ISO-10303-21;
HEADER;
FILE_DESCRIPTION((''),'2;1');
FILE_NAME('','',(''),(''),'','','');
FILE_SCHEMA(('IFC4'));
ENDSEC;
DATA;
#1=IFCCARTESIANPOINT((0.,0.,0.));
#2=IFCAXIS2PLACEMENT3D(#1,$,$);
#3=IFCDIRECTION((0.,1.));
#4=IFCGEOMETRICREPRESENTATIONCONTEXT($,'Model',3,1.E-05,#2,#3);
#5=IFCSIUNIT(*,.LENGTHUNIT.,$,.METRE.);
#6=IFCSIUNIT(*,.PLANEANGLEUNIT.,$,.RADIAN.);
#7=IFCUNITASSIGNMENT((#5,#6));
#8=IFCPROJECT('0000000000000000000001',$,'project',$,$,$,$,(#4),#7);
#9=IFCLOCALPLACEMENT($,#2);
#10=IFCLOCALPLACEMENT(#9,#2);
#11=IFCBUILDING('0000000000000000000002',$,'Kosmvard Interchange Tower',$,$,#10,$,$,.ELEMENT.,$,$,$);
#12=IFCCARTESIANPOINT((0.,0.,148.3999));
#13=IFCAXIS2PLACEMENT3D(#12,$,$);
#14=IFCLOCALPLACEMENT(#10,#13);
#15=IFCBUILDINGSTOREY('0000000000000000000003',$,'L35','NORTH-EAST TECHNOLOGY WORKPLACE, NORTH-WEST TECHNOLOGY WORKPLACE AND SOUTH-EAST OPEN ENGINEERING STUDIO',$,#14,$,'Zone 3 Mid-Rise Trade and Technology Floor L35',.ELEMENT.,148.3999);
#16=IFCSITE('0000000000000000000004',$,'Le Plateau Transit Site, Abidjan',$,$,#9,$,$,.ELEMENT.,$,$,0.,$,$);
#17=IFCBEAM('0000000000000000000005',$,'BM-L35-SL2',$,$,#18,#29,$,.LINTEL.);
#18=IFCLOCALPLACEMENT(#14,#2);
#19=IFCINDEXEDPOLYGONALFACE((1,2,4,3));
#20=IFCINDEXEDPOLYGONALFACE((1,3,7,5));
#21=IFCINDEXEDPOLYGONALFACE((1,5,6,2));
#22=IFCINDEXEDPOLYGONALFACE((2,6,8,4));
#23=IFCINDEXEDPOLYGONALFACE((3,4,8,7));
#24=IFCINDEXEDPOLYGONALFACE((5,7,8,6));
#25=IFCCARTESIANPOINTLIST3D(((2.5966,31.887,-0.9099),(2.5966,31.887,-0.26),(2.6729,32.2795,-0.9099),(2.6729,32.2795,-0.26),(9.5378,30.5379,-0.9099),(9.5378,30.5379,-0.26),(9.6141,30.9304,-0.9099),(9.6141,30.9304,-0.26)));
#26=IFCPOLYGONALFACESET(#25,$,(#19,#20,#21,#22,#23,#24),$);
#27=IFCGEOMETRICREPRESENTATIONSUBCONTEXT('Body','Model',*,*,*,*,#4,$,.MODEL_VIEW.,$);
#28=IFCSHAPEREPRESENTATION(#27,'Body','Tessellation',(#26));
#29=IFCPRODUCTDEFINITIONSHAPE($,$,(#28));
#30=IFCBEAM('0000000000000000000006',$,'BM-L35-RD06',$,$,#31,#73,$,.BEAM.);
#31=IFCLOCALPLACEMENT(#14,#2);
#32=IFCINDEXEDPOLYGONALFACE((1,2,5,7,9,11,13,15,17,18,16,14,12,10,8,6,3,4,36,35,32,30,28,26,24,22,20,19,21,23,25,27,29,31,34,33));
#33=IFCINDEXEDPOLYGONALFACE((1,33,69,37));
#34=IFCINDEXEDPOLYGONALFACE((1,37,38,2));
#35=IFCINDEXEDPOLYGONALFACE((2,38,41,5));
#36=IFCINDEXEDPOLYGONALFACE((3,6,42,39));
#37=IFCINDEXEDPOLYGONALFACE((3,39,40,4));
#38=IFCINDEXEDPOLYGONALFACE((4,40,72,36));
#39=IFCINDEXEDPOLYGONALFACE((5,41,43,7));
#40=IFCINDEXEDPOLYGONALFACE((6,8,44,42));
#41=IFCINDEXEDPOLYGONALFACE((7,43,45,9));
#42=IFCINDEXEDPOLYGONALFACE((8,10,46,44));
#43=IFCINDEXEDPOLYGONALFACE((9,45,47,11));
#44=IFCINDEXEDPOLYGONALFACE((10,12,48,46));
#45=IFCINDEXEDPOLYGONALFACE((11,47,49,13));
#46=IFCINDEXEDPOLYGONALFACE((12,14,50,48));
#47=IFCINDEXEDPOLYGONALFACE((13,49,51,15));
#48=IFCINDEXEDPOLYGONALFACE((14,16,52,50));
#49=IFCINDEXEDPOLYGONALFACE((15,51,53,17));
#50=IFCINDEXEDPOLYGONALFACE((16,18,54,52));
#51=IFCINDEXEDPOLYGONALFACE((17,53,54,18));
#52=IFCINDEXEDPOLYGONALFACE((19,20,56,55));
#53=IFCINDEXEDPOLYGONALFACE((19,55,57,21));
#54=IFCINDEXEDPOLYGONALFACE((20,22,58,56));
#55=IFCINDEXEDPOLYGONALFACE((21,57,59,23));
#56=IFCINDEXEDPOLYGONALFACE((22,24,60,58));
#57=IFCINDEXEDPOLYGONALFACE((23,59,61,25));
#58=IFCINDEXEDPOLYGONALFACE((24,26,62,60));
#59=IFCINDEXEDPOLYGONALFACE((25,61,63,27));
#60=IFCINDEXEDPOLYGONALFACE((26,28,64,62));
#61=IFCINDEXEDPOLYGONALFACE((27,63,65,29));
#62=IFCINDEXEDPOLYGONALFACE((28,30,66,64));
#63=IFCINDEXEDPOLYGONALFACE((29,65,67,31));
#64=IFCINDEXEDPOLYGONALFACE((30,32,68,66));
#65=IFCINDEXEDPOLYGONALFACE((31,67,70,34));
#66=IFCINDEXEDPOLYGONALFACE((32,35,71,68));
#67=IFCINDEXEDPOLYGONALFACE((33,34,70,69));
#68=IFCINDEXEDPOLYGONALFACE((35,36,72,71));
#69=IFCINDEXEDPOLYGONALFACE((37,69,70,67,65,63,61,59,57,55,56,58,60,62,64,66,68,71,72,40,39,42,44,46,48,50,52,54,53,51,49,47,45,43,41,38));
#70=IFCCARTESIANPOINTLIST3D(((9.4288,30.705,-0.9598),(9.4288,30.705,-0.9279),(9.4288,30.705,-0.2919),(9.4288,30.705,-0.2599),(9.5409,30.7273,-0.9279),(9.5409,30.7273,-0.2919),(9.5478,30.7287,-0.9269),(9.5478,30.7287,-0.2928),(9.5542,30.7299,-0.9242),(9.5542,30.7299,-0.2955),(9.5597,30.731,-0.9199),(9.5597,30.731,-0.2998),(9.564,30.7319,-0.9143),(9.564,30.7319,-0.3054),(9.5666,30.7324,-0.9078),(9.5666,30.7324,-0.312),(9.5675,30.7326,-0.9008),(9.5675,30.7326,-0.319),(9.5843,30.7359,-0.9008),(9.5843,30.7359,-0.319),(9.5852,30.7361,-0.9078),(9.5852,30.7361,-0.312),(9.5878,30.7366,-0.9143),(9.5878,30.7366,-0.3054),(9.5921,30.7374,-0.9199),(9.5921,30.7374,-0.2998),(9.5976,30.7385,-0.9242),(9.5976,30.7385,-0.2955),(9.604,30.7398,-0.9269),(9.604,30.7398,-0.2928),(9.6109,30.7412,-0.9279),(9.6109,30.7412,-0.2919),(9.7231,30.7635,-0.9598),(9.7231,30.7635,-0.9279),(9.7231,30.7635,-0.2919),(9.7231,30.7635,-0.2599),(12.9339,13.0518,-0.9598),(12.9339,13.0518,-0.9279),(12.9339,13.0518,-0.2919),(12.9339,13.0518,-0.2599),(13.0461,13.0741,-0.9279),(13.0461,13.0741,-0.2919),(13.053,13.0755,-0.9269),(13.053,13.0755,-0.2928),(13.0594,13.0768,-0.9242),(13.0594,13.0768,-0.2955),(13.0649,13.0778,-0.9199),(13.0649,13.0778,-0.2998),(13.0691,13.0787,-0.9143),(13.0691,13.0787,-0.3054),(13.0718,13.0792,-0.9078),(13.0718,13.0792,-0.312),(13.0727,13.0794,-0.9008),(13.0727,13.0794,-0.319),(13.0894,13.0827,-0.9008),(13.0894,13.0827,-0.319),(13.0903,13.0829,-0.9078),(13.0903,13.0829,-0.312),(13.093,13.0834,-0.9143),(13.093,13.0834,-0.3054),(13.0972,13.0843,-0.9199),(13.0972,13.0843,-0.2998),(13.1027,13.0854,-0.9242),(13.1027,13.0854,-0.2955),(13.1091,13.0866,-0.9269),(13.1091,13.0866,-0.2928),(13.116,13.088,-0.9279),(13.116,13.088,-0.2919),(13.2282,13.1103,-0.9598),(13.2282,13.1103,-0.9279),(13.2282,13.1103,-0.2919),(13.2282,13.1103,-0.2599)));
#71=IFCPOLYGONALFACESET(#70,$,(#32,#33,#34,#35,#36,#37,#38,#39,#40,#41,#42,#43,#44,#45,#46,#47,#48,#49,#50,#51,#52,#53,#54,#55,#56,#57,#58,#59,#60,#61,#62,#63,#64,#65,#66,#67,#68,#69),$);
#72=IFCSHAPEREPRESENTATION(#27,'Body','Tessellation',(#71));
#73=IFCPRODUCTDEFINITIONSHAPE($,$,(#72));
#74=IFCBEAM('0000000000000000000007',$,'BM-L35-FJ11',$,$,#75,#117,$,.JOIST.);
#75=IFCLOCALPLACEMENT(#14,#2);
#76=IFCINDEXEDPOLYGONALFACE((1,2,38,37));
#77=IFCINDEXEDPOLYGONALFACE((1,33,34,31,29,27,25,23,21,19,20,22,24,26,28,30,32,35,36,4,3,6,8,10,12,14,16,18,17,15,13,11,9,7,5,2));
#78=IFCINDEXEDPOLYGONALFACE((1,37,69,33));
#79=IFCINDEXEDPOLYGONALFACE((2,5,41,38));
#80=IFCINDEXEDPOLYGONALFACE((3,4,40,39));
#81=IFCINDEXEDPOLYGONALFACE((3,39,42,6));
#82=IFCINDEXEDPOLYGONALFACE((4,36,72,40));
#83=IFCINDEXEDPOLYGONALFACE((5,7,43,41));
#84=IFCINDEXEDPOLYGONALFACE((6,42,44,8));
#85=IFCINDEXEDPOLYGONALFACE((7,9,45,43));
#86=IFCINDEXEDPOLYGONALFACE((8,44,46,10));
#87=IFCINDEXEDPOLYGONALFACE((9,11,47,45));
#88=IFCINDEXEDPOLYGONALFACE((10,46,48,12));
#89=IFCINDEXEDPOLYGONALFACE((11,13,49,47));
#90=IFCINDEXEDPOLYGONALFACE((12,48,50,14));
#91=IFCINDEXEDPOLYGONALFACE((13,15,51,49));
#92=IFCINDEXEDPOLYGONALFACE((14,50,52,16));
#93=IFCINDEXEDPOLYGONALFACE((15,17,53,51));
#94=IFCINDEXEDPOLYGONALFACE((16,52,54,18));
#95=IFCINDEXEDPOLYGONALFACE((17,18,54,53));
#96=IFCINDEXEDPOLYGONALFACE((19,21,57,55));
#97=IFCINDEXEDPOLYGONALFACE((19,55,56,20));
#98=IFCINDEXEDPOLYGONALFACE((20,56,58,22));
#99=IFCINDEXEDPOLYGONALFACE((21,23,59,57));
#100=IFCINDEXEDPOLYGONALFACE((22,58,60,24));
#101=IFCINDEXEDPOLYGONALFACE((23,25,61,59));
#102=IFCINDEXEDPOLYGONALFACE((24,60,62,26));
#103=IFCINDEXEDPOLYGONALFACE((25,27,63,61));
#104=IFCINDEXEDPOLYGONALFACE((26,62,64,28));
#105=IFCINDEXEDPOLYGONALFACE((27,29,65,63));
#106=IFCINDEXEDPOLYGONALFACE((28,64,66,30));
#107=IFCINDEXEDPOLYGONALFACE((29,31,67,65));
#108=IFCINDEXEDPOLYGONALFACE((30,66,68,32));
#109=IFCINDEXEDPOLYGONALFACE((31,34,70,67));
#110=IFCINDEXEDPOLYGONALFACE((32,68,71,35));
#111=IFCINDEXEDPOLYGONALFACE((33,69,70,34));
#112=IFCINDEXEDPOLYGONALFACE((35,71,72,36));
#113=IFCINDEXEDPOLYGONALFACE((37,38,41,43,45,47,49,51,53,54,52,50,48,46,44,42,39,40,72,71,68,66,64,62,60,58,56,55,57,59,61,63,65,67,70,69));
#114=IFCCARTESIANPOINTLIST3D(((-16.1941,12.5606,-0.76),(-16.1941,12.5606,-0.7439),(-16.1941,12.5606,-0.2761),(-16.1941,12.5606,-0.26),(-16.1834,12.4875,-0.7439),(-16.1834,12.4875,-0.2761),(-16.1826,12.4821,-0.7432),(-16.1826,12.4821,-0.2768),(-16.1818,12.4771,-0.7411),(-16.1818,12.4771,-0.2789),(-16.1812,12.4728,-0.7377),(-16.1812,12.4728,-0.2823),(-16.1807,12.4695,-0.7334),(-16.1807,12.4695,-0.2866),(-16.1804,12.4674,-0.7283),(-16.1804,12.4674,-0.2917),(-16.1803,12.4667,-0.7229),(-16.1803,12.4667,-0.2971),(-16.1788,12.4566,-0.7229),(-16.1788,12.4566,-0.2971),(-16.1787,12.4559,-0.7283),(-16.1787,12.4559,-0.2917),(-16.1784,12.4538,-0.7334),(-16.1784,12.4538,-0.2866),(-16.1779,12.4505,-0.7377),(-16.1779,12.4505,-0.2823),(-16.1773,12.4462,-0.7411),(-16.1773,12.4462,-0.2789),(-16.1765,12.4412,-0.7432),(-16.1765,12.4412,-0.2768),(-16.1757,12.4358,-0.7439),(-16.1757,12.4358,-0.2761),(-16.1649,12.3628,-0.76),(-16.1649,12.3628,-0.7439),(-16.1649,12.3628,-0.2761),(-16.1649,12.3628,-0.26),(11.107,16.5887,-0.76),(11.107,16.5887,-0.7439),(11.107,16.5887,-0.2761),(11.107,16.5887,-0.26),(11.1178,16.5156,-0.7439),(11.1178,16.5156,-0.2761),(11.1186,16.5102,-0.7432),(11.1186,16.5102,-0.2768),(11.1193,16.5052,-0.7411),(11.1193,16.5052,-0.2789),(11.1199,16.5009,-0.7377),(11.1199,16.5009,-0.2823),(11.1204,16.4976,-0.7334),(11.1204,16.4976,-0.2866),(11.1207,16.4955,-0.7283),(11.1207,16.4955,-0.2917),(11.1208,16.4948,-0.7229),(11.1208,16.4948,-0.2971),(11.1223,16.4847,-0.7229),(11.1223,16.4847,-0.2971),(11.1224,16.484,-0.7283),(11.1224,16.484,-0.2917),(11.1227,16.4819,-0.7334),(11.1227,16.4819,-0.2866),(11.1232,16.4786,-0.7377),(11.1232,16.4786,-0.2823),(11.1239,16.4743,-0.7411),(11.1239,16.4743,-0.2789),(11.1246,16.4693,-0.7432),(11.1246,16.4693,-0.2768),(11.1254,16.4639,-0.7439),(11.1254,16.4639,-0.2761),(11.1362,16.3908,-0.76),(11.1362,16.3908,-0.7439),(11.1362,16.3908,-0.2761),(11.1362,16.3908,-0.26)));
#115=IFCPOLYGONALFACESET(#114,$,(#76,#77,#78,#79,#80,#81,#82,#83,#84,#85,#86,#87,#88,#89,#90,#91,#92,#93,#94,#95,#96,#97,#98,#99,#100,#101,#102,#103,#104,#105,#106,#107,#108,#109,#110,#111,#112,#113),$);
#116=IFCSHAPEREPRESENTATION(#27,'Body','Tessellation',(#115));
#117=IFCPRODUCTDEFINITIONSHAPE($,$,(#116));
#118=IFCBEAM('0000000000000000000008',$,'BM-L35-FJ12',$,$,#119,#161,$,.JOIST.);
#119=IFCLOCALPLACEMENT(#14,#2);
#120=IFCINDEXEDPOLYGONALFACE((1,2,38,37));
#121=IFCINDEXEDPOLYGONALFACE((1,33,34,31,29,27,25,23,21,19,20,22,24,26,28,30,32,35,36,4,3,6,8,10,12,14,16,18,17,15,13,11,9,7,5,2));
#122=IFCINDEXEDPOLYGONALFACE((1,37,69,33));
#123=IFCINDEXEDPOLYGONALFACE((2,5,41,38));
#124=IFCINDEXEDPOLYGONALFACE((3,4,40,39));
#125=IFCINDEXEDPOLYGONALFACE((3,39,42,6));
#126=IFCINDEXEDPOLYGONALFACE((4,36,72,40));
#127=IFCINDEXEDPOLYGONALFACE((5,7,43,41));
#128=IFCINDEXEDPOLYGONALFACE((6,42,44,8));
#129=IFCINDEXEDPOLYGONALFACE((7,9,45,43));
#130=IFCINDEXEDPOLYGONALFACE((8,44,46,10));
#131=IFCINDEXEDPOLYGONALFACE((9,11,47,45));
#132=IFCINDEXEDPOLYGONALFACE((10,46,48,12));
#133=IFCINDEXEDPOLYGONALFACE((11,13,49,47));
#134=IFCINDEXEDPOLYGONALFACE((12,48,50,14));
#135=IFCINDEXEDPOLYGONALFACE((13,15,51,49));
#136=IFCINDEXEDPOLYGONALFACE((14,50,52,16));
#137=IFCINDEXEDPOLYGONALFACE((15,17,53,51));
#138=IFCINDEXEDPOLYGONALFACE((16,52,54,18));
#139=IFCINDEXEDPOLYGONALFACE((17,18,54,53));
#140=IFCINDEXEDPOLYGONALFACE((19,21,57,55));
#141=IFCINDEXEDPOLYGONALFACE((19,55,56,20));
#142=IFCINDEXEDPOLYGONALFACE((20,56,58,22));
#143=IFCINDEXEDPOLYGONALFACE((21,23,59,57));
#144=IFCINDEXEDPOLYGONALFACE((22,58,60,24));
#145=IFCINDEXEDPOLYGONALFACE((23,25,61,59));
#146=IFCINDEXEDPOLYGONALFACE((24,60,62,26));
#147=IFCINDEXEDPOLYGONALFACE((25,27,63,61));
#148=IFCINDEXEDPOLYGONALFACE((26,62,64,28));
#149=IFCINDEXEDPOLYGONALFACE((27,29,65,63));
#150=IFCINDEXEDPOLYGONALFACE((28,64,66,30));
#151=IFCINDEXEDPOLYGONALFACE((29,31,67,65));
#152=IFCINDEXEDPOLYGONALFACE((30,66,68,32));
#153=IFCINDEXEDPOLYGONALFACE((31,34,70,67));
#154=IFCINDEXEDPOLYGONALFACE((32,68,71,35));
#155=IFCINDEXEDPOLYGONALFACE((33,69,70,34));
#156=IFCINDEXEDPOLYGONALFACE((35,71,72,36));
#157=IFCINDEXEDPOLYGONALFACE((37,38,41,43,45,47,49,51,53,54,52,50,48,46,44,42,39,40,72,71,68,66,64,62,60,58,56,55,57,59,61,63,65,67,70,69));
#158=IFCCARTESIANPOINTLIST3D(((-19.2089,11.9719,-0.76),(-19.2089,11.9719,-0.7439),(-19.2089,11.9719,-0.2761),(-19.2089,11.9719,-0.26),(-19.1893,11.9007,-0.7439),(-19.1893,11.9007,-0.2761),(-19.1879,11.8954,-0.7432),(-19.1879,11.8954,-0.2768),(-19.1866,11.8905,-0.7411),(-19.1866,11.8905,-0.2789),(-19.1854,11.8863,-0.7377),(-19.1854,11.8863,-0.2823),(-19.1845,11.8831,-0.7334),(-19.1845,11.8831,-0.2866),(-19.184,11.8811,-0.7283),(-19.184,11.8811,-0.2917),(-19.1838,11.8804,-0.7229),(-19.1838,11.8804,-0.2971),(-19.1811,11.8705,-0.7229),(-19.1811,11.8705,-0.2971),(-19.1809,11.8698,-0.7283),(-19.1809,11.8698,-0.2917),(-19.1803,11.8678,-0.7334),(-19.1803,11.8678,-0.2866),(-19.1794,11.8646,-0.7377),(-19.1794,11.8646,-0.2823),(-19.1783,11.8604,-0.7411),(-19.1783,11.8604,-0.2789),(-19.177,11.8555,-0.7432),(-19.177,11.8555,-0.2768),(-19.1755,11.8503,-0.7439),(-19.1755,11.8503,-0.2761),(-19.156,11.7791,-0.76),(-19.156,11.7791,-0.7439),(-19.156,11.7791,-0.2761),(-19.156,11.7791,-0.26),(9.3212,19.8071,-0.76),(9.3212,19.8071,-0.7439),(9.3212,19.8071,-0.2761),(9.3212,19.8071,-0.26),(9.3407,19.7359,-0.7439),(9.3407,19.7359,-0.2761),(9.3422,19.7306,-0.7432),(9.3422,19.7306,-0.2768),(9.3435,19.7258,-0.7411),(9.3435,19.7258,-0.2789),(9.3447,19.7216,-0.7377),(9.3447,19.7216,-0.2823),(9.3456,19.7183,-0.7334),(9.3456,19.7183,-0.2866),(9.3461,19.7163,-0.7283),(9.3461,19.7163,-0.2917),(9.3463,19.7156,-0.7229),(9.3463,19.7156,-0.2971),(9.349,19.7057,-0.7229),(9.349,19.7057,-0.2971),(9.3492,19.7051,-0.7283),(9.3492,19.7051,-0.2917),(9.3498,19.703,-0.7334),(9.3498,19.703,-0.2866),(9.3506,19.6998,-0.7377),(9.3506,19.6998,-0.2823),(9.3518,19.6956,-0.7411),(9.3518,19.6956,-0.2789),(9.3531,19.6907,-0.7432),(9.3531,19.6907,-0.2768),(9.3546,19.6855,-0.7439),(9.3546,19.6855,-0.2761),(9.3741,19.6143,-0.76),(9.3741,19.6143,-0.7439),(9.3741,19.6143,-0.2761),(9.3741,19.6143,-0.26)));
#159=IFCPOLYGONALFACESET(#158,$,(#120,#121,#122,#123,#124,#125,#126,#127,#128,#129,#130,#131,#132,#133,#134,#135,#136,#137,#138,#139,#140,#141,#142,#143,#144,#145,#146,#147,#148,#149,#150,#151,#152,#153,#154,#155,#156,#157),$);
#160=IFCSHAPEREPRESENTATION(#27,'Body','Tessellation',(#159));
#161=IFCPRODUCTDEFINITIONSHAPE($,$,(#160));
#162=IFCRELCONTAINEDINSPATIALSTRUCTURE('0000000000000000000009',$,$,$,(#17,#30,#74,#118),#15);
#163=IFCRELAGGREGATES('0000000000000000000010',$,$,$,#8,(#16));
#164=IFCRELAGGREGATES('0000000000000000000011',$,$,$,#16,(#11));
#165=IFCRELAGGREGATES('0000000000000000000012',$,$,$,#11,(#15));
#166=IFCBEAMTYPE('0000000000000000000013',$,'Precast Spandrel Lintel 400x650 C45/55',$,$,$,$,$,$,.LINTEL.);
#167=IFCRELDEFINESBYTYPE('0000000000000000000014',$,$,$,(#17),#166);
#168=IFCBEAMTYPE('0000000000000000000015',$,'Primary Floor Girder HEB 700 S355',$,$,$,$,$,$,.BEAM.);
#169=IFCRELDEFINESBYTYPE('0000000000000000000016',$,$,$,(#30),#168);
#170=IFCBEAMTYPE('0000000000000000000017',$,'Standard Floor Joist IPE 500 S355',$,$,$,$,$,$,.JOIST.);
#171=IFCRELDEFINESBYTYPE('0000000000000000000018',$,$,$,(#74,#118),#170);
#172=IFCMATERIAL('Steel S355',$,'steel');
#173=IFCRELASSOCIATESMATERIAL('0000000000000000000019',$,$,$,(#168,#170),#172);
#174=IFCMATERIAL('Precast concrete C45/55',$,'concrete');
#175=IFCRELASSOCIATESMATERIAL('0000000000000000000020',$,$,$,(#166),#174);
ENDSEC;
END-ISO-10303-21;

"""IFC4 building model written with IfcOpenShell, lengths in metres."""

from ifc_helpers import new_model, si_unit, direction, frame, origin, origin_2d, place, context, subcontext, project, spatial, rectangle, i_section, extrude, source, transform, mapped, material, material_profile, profile_set, type_object, element, save


model = new_model("IFC4")

# Units and contexts
model_context = context("Model", 3, precision=1e-05, world=origin(), true_north=direction((0.0, 1.0)))
body_context = subcontext(model_context, "Body", "Model", "MODEL_VIEW")
ifc_project = project(units=[si_unit("LENGTHUNIT", "METRE"), si_unit("PLANEANGLEUNIT", "RADIAN")], contexts=[model_context])

# Site, building, storey
site_placement = place(None, origin())
site = spatial("IfcSite", under=ifc_project, at=site_placement, Name="Le Plateau Transit Site, Abidjan", CompositionType="ELEMENT", RefElevation=0.0)
building_placement = place(site_placement, origin())
building = spatial("IfcBuilding", under=site, at=building_placement, Name="Kosmvard Interchange Tower", CompositionType="ELEMENT")
storey_placement = place(building_placement, frame((0.0, 0.0, 148.3999)))
storey = spatial("IfcBuildingStorey", under=building, at=storey_placement, Name="L35", Description="NORTH-EAST TECHNOLOGY WORKPLACE, NORTH-WEST TECHNOLOGY WORKPLACE AND SOUTH-EAST OPEN ENGINEERING STUDIO", LongName="Zone 3 Mid-Rise Trade and Technology Floor L35", CompositionType="ELEMENT", Elevation=148.3999)

# Beams
ifc_material_1 = material(Name="Steel S355", Category="steel")
ifc_material_profile_1 = material_profile(ifc_material_1, i_section(OverallWidth=0.3, OverallDepth=0.7, WebThickness=0.0171, FlangeThickness=0.032, FilletRadius=0.0271, at=origin_2d()), Name="HEB 700")
ifc_profile_set_1 = profile_set([ifc_material_profile_1], Name="Steel S355")
beam_type_1 = type_object("IfcBeamType", Name="Primary Floor Girder HEB 700 S355", PredefinedType="BEAM", material=ifc_profile_set_1)
ifc_material_2 = material(Name="Precast concrete C45/55", Category="concrete")
ifc_material_profile_2 = material_profile(ifc_material_2, rectangle(XDim=0.3999, YDim=0.6499, at=origin_2d()), Name="SL 400x650")
ifc_profile_set_2 = profile_set([ifc_material_profile_2], Name="Precast concrete C45/55")
beam_type_2 = type_object("IfcBeamType", Name="Precast Spandrel Lintel 400x650 C45/55", PredefinedType="LINTEL", material=ifc_profile_set_2)
shared_shape_1 = source(origin(), body_context, "Body", "SweptSolid", [
    extrude(rectangle(XDim=0.3999, YDim=0.6499, at=origin_2d()), origin(), (0.0, 0.0, 1.0), 7.071),
])
beam_1_placement = place(storey_placement, frame((9.5759, 30.7341, -0.585), z_axis=(-0.98163, 0.190795, 0.0), x_axis=(-0.190795, -0.98163, 0.0)))
element("IfcBeam", 1, at=beam_1_placement, inside=storey, type_object=beam_type_2, Name="BM-L35-SL2", PredefinedType="LINTEL", context=body_context, shape_type="MappedRepresentation", body=[
    mapped(shared_shape_1, transform((0.0, 0.0, 0.0), scale=1.0)),
])
shared_shape_2 = source(origin(), body_context, "Body", "SweptSolid", [
    extrude(i_section(OverallWidth=0.3, OverallDepth=0.7, WebThickness=0.0171, FlangeThickness=0.032, FilletRadius=0.0271, at=origin_2d()), origin(), (0.0, 0.0, 1.0), 17.9978),
])
beam_2_placement = place(storey_placement, frame((13.0811, 13.0811, -0.6099), z_axis=(-0.194754, 0.980852, 0.0), x_axis=(-0.980852, -0.194754, 0.0)))
element("IfcBeam", 2, at=beam_2_placement, inside=storey, type_object=beam_type_1, Name="BM-L35-RD06", PredefinedType="BEAM", context=body_context, shape_type="MappedRepresentation", body=[
    mapped(shared_shape_2, transform((0.0, 0.0, 0.0), scale=1.0)),
])
ifc_material_profile_3 = material_profile(ifc_material_1, i_section(OverallWidth=0.2, OverallDepth=0.5, WebThickness=0.0103, FlangeThickness=0.0161, FilletRadius=0.021, at=origin_2d()), Name="IPE 500")
ifc_profile_set_3 = profile_set([ifc_material_profile_3], Name="Steel S355")
beam_type_3 = type_object("IfcBeamType", Name="Standard Floor Joist IPE 500 S355", PredefinedType="JOIST", material=ifc_profile_set_3)
shared_shape_3 = source(origin(), body_context, "Body", "SweptSolid", [
    extrude(i_section(OverallWidth=0.2, OverallDepth=0.5, WebThickness=0.0103, FlangeThickness=0.0161, FilletRadius=0.021, at=origin_2d()), origin(), (0.0, 0.0, 1.0), 27.5967),
])
beam_3_placement = place(storey_placement, frame((11.1216, 16.4897, -0.51), z_axis=(-0.98929, -0.145963, 0.0), x_axis=(0.145963, -0.98929, 0.0)))
element("IfcBeam", 3, at=beam_3_placement, inside=storey, type_object=beam_type_3, Name="BM-L35-FJ11", PredefinedType="JOIST", context=body_context, shape_type="MappedRepresentation", body=[
    mapped(shared_shape_3, transform((0.0, 0.0, 0.0), scale=1.0)),
])
shared_shape_4 = source(origin(), body_context, "Body", "SweptSolid", [
    extrude(i_section(OverallWidth=0.2, OverallDepth=0.5, WebThickness=0.0103, FlangeThickness=0.0161, FilletRadius=0.021, at=origin_2d()), origin(), (0.0, 0.0, 1.0), 29.5864),
])
beam_4_placement = place(storey_placement, frame((9.3477, 19.7107, -0.51), z_axis=(-0.964297, -0.264825, 0.0), x_axis=(0.264825, -0.964297, 0.0)))
element("IfcBeam", 4, at=beam_4_placement, inside=storey, type_object=beam_type_3, Name="BM-L35-FJ12", PredefinedType="JOIST", context=body_context, shape_type="MappedRepresentation", body=[
    mapped(shared_shape_4, transform((0.0, 0.0, 0.0), scale=1.0)),
])

save(model, "model.ifc")
